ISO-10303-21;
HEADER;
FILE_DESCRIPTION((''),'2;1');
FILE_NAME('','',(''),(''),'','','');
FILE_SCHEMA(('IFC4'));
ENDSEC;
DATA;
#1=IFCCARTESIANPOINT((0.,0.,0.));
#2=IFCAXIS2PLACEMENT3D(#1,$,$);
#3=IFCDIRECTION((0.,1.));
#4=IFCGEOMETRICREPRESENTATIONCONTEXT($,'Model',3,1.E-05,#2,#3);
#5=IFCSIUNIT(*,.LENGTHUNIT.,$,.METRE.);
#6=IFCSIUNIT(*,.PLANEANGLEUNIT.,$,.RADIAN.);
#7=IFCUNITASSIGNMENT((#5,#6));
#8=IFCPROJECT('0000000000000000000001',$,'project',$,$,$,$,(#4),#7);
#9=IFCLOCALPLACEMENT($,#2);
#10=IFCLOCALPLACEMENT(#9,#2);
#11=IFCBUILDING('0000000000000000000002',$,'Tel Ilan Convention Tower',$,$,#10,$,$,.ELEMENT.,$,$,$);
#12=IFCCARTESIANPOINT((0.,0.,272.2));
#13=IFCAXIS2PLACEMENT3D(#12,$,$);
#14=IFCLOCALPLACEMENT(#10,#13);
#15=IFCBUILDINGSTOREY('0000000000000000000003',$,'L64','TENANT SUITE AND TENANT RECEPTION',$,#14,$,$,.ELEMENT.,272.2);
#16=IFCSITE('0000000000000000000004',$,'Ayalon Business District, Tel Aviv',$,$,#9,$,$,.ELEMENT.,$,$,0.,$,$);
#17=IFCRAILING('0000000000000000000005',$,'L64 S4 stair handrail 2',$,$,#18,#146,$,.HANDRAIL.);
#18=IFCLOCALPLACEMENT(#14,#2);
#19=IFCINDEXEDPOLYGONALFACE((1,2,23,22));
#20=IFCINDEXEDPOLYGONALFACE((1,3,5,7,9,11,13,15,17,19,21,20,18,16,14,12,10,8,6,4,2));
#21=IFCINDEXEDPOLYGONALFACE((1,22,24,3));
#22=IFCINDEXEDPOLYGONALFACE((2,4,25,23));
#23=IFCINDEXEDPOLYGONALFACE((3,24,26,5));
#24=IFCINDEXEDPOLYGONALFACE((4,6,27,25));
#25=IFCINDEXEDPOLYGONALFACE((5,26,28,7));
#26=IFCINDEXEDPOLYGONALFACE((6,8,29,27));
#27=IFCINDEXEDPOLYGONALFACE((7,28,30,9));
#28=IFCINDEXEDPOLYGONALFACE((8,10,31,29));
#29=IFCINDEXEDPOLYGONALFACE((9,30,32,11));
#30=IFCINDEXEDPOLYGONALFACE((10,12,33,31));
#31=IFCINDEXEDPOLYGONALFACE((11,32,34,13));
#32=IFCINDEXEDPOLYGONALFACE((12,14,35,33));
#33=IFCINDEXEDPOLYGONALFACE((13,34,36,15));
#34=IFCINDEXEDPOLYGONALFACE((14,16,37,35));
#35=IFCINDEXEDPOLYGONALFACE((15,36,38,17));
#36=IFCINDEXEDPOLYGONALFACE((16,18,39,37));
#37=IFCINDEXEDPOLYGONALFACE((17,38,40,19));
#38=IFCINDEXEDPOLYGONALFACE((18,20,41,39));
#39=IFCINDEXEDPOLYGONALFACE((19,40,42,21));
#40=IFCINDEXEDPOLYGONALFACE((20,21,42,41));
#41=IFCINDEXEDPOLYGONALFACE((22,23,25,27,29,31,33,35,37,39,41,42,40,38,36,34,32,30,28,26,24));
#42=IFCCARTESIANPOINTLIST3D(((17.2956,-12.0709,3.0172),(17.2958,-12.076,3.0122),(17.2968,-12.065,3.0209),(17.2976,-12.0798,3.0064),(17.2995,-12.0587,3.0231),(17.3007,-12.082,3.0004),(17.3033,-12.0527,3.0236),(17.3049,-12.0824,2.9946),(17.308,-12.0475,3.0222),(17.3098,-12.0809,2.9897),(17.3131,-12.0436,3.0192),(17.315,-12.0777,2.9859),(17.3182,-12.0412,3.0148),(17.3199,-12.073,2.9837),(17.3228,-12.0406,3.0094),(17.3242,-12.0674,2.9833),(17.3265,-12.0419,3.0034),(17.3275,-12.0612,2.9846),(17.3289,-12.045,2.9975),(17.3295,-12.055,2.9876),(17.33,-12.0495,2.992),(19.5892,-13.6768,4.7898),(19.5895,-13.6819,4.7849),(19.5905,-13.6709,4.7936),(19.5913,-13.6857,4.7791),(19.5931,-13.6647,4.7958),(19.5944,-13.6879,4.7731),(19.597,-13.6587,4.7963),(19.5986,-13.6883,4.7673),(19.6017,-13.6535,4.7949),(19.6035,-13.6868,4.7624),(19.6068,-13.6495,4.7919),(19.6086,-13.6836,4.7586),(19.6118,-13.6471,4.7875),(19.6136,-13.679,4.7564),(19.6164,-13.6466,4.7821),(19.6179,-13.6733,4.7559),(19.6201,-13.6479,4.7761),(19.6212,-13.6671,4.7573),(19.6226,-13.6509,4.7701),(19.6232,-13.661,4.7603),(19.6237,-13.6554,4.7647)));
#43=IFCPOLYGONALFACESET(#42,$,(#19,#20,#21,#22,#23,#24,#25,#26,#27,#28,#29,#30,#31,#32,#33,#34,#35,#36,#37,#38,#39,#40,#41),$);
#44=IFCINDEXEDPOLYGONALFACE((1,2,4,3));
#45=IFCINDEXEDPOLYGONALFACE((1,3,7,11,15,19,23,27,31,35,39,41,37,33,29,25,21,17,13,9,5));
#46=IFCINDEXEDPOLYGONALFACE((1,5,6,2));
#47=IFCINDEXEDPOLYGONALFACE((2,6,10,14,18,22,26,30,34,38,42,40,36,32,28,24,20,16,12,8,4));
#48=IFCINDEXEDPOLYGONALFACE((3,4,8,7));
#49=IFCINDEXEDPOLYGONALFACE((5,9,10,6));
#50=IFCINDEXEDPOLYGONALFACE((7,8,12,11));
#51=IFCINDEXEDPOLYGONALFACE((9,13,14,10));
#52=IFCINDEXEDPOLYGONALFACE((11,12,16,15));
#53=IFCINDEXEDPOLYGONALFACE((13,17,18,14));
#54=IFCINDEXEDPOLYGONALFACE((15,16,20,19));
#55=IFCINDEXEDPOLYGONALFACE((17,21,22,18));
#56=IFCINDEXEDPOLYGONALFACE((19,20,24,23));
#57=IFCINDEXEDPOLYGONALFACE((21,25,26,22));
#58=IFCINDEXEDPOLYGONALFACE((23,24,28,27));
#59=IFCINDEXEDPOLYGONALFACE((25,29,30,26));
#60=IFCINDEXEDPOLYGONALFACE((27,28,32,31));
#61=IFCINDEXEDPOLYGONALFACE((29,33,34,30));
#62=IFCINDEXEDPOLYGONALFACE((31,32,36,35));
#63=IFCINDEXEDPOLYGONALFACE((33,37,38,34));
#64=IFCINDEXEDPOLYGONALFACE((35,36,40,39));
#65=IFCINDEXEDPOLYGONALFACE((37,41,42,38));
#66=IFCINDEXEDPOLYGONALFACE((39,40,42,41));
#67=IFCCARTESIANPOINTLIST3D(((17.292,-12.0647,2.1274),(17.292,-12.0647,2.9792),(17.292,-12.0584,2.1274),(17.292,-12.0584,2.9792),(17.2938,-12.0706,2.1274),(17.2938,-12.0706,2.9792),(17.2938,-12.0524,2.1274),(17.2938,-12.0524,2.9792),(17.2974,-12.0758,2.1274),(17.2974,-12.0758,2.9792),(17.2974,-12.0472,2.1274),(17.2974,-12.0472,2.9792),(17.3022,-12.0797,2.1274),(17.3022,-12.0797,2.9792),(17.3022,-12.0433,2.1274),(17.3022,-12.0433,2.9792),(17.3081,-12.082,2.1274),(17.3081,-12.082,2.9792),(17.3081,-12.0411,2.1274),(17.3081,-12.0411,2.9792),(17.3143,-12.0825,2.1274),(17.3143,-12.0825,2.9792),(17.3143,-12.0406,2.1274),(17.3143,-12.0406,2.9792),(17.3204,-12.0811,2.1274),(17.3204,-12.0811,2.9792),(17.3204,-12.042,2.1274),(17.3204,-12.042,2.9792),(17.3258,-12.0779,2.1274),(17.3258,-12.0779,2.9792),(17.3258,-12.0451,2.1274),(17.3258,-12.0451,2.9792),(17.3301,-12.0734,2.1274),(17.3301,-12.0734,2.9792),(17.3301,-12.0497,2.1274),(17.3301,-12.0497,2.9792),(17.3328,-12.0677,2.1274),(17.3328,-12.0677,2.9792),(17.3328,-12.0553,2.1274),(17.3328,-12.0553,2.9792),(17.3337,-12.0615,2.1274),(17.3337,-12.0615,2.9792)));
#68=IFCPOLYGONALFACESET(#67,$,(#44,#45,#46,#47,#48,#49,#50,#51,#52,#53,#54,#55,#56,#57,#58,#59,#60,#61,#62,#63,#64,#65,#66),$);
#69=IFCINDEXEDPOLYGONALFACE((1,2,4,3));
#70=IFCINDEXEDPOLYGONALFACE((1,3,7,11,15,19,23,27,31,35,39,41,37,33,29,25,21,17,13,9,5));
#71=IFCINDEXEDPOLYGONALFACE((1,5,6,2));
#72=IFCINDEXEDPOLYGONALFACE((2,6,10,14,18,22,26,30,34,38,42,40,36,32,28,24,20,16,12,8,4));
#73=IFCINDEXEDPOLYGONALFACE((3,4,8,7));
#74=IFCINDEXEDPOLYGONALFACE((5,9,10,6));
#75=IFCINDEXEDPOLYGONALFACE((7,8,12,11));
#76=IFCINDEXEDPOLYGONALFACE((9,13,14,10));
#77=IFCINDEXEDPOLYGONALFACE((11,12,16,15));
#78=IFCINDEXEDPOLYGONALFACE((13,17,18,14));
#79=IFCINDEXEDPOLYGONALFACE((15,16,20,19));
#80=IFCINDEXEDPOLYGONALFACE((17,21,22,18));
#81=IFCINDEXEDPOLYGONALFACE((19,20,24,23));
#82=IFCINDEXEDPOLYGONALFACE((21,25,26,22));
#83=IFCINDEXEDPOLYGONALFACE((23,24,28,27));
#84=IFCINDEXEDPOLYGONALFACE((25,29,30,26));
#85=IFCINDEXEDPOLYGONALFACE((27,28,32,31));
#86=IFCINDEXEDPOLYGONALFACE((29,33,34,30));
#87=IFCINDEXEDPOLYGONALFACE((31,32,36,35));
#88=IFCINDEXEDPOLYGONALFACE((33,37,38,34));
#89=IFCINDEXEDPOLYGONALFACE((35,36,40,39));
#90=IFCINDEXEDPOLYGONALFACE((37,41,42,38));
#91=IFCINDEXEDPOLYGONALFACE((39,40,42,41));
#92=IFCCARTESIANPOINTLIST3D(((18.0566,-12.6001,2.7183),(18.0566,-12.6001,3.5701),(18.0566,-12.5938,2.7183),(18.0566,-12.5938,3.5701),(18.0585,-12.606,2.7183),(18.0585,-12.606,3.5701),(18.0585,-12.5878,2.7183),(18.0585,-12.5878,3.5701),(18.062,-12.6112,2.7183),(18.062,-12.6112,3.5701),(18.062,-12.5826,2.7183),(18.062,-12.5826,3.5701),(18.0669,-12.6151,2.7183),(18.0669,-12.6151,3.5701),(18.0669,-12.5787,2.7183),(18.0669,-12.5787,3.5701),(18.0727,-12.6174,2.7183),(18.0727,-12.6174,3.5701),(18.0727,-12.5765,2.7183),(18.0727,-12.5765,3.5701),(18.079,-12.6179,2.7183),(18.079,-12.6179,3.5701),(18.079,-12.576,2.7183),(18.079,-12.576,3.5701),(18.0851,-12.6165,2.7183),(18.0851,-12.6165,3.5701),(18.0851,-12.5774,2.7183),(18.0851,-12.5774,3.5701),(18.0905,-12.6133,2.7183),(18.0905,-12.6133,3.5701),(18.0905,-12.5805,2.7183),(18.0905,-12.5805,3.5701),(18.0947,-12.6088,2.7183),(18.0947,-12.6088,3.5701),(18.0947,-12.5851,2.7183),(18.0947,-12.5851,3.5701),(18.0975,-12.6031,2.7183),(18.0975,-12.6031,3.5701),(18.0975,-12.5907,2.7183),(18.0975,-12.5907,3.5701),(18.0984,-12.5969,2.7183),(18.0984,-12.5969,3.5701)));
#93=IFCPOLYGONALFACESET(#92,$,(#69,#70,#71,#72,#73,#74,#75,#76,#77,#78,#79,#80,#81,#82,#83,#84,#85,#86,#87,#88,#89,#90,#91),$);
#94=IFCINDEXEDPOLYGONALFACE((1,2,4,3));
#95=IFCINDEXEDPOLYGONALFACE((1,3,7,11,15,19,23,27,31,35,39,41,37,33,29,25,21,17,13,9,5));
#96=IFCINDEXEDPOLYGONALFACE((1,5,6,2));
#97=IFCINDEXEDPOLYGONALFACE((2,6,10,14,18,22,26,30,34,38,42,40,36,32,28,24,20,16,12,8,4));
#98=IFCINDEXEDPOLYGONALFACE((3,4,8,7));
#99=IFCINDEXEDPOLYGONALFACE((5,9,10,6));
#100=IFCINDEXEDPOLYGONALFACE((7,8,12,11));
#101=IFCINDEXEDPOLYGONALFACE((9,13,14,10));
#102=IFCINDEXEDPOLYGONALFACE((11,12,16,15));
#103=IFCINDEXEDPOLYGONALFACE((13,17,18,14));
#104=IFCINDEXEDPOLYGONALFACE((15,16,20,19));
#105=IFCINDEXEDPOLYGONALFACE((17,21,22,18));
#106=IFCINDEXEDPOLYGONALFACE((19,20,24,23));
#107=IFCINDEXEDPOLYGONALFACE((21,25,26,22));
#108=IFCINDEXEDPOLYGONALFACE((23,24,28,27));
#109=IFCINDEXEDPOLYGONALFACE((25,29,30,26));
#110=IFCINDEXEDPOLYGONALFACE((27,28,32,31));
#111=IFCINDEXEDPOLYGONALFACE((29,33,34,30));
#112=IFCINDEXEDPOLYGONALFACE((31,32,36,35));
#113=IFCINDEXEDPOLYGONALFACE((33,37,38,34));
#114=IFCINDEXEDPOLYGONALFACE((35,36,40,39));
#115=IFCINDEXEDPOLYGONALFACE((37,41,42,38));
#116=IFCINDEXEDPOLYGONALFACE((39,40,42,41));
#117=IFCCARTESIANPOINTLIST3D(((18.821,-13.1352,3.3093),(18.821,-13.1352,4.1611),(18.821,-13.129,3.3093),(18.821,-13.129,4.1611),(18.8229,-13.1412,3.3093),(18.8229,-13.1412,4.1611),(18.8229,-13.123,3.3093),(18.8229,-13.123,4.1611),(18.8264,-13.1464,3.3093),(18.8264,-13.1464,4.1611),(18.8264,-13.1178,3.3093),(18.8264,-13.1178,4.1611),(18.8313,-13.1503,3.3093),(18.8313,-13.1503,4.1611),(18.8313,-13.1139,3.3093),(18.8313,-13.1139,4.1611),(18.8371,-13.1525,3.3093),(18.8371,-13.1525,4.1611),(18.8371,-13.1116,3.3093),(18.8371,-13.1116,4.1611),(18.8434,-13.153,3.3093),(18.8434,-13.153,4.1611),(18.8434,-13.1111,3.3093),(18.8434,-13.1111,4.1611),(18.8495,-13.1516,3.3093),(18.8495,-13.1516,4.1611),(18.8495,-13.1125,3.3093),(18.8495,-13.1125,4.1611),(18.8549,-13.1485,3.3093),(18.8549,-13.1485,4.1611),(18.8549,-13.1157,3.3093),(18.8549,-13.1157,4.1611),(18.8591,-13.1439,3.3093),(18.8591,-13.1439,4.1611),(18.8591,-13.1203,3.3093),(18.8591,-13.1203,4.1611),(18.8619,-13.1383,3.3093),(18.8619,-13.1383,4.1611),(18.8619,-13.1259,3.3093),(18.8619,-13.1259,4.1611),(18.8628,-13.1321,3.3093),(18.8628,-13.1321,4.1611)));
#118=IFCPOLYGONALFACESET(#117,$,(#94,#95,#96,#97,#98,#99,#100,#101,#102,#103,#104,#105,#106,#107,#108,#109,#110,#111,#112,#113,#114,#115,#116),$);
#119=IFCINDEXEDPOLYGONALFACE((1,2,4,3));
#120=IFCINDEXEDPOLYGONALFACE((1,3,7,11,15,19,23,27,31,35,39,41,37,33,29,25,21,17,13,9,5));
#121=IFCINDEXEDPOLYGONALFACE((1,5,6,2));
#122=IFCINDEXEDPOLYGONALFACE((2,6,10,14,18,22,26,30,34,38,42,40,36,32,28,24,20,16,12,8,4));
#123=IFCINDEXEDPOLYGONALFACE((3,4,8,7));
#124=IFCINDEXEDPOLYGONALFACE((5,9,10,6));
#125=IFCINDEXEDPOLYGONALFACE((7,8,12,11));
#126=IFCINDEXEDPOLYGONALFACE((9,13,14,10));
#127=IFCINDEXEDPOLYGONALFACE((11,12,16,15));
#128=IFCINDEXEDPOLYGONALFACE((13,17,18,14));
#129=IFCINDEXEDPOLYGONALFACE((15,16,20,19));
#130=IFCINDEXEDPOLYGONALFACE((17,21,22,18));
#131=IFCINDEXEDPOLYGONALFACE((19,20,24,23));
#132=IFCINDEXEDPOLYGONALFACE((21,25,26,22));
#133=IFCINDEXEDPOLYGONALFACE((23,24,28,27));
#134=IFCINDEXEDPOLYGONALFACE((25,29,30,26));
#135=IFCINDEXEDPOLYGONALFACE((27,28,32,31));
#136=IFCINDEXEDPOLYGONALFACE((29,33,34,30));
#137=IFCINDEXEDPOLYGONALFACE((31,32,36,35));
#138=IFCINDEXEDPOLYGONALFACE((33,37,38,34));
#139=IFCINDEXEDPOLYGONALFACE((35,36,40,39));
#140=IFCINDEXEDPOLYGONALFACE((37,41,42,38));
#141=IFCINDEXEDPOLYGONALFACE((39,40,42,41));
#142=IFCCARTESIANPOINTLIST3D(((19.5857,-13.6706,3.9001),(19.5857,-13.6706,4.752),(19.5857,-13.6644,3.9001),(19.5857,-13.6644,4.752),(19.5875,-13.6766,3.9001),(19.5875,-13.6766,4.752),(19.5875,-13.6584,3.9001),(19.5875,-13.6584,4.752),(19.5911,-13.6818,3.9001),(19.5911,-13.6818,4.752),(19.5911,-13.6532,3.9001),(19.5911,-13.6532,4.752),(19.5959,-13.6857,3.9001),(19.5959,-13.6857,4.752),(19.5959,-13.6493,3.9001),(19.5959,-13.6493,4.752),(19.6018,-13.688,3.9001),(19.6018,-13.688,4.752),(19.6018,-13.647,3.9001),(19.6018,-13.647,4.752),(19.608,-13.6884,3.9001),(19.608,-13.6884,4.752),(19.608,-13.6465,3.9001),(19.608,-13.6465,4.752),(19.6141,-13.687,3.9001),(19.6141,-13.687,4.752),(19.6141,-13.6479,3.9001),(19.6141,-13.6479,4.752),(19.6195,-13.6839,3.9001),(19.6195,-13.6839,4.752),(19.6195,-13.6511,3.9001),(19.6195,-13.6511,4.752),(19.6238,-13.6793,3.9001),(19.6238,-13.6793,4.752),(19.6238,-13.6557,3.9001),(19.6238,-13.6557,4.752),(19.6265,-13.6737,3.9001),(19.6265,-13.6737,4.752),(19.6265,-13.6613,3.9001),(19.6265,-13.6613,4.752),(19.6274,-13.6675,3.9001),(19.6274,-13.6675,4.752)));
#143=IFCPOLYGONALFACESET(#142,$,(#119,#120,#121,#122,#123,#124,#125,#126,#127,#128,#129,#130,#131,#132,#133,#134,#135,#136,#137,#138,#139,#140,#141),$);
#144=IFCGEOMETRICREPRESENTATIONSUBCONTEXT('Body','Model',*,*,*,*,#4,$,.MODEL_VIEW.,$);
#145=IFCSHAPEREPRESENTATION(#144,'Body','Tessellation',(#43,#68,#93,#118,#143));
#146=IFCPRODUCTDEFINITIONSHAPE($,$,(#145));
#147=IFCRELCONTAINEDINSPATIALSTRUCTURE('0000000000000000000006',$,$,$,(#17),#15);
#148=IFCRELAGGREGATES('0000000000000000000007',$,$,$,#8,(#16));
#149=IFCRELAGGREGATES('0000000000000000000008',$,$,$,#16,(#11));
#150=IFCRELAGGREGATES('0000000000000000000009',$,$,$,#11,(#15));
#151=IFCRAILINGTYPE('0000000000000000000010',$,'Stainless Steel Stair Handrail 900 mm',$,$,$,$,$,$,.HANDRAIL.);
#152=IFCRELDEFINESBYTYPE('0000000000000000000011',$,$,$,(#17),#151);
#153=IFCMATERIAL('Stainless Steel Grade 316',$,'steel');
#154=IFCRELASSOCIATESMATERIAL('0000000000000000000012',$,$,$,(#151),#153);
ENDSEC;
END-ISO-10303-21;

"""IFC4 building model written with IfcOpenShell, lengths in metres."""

from ifc_helpers import new_model, si_unit, direction, frame, origin, origin_2d, place, context, subcontext, project, spatial, circle, extrude, material, type_object, element, save


model = new_model("IFC4")

# Units and contexts
model_context = context("Model", 3, precision=1e-05, world=origin(), true_north=direction((0.0, 1.0)))
body_context = subcontext(model_context, "Body", "Model", "MODEL_VIEW")
ifc_project = project(units=[si_unit("LENGTHUNIT", "METRE"), si_unit("PLANEANGLEUNIT", "RADIAN")], contexts=[model_context])

# Site, building, storey
site_placement = place(None, origin())
site = spatial("IfcSite", under=ifc_project, at=site_placement, Name="Ayalon Business District, Tel Aviv", CompositionType="ELEMENT", RefElevation=0.0)
building_placement = place(site_placement, origin())
building = spatial("IfcBuilding", under=site, at=building_placement, Name="Tel Ilan Convention Tower", CompositionType="ELEMENT")
storey_placement = place(building_placement, frame((0.0, 0.0, 272.2)))
storey = spatial("IfcBuildingStorey", under=building, at=storey_placement, Name="L64", Description="TENANT SUITE AND TENANT RECEPTION", CompositionType="ELEMENT", Elevation=272.2)

# Railing
ifc_material_1 = material(Name="Stainless Steel Grade 316", Category="steel")
railing_type = type_object("IfcRailingType", Name="Stainless Steel Stair Handrail 900 mm", PredefinedType="HANDRAIL", material=ifc_material_1)
railing_placement = place(storey_placement, frame((17.3127, -12.0615, 2.1274)))
element("IfcRailing", 1, at=railing_placement, inside=storey, type_object=railing_type, Name="L64 S4 stair handrail 2", PredefinedType="HANDRAIL", context=body_context, shape_type="SweptSolid", body=[
    extrude(circle(Radius=0.0239, at=origin_2d()), frame((0.0, 0.0, 0.876), z_axis=(0.692123, -0.484597, 0.534913), x_axis=(0.57355, 0.81917, 0.0)), (0.0, 0.0, 1.0), 3.314),
    extrude(circle(Radius=0.021, at=origin_2d()), origin(), (0.0, 0.0, 1.0), 0.8518),
    extrude(circle(Radius=0.021, at=origin_2d()), frame((0.7646, -0.5354, 0.5908)), (0.0, 0.0, 1.0), 0.8518),
    extrude(circle(Radius=0.021, at=origin_2d()), frame((1.5291, -1.0706, 1.1819)), (0.0, 0.0, 1.0), 0.8518),
    extrude(circle(Radius=0.021, at=origin_2d()), frame((2.2937, -1.606, 1.7727)), (0.0, 0.0, 1.0), 0.8518),
])

save(model, "model.ifc")
